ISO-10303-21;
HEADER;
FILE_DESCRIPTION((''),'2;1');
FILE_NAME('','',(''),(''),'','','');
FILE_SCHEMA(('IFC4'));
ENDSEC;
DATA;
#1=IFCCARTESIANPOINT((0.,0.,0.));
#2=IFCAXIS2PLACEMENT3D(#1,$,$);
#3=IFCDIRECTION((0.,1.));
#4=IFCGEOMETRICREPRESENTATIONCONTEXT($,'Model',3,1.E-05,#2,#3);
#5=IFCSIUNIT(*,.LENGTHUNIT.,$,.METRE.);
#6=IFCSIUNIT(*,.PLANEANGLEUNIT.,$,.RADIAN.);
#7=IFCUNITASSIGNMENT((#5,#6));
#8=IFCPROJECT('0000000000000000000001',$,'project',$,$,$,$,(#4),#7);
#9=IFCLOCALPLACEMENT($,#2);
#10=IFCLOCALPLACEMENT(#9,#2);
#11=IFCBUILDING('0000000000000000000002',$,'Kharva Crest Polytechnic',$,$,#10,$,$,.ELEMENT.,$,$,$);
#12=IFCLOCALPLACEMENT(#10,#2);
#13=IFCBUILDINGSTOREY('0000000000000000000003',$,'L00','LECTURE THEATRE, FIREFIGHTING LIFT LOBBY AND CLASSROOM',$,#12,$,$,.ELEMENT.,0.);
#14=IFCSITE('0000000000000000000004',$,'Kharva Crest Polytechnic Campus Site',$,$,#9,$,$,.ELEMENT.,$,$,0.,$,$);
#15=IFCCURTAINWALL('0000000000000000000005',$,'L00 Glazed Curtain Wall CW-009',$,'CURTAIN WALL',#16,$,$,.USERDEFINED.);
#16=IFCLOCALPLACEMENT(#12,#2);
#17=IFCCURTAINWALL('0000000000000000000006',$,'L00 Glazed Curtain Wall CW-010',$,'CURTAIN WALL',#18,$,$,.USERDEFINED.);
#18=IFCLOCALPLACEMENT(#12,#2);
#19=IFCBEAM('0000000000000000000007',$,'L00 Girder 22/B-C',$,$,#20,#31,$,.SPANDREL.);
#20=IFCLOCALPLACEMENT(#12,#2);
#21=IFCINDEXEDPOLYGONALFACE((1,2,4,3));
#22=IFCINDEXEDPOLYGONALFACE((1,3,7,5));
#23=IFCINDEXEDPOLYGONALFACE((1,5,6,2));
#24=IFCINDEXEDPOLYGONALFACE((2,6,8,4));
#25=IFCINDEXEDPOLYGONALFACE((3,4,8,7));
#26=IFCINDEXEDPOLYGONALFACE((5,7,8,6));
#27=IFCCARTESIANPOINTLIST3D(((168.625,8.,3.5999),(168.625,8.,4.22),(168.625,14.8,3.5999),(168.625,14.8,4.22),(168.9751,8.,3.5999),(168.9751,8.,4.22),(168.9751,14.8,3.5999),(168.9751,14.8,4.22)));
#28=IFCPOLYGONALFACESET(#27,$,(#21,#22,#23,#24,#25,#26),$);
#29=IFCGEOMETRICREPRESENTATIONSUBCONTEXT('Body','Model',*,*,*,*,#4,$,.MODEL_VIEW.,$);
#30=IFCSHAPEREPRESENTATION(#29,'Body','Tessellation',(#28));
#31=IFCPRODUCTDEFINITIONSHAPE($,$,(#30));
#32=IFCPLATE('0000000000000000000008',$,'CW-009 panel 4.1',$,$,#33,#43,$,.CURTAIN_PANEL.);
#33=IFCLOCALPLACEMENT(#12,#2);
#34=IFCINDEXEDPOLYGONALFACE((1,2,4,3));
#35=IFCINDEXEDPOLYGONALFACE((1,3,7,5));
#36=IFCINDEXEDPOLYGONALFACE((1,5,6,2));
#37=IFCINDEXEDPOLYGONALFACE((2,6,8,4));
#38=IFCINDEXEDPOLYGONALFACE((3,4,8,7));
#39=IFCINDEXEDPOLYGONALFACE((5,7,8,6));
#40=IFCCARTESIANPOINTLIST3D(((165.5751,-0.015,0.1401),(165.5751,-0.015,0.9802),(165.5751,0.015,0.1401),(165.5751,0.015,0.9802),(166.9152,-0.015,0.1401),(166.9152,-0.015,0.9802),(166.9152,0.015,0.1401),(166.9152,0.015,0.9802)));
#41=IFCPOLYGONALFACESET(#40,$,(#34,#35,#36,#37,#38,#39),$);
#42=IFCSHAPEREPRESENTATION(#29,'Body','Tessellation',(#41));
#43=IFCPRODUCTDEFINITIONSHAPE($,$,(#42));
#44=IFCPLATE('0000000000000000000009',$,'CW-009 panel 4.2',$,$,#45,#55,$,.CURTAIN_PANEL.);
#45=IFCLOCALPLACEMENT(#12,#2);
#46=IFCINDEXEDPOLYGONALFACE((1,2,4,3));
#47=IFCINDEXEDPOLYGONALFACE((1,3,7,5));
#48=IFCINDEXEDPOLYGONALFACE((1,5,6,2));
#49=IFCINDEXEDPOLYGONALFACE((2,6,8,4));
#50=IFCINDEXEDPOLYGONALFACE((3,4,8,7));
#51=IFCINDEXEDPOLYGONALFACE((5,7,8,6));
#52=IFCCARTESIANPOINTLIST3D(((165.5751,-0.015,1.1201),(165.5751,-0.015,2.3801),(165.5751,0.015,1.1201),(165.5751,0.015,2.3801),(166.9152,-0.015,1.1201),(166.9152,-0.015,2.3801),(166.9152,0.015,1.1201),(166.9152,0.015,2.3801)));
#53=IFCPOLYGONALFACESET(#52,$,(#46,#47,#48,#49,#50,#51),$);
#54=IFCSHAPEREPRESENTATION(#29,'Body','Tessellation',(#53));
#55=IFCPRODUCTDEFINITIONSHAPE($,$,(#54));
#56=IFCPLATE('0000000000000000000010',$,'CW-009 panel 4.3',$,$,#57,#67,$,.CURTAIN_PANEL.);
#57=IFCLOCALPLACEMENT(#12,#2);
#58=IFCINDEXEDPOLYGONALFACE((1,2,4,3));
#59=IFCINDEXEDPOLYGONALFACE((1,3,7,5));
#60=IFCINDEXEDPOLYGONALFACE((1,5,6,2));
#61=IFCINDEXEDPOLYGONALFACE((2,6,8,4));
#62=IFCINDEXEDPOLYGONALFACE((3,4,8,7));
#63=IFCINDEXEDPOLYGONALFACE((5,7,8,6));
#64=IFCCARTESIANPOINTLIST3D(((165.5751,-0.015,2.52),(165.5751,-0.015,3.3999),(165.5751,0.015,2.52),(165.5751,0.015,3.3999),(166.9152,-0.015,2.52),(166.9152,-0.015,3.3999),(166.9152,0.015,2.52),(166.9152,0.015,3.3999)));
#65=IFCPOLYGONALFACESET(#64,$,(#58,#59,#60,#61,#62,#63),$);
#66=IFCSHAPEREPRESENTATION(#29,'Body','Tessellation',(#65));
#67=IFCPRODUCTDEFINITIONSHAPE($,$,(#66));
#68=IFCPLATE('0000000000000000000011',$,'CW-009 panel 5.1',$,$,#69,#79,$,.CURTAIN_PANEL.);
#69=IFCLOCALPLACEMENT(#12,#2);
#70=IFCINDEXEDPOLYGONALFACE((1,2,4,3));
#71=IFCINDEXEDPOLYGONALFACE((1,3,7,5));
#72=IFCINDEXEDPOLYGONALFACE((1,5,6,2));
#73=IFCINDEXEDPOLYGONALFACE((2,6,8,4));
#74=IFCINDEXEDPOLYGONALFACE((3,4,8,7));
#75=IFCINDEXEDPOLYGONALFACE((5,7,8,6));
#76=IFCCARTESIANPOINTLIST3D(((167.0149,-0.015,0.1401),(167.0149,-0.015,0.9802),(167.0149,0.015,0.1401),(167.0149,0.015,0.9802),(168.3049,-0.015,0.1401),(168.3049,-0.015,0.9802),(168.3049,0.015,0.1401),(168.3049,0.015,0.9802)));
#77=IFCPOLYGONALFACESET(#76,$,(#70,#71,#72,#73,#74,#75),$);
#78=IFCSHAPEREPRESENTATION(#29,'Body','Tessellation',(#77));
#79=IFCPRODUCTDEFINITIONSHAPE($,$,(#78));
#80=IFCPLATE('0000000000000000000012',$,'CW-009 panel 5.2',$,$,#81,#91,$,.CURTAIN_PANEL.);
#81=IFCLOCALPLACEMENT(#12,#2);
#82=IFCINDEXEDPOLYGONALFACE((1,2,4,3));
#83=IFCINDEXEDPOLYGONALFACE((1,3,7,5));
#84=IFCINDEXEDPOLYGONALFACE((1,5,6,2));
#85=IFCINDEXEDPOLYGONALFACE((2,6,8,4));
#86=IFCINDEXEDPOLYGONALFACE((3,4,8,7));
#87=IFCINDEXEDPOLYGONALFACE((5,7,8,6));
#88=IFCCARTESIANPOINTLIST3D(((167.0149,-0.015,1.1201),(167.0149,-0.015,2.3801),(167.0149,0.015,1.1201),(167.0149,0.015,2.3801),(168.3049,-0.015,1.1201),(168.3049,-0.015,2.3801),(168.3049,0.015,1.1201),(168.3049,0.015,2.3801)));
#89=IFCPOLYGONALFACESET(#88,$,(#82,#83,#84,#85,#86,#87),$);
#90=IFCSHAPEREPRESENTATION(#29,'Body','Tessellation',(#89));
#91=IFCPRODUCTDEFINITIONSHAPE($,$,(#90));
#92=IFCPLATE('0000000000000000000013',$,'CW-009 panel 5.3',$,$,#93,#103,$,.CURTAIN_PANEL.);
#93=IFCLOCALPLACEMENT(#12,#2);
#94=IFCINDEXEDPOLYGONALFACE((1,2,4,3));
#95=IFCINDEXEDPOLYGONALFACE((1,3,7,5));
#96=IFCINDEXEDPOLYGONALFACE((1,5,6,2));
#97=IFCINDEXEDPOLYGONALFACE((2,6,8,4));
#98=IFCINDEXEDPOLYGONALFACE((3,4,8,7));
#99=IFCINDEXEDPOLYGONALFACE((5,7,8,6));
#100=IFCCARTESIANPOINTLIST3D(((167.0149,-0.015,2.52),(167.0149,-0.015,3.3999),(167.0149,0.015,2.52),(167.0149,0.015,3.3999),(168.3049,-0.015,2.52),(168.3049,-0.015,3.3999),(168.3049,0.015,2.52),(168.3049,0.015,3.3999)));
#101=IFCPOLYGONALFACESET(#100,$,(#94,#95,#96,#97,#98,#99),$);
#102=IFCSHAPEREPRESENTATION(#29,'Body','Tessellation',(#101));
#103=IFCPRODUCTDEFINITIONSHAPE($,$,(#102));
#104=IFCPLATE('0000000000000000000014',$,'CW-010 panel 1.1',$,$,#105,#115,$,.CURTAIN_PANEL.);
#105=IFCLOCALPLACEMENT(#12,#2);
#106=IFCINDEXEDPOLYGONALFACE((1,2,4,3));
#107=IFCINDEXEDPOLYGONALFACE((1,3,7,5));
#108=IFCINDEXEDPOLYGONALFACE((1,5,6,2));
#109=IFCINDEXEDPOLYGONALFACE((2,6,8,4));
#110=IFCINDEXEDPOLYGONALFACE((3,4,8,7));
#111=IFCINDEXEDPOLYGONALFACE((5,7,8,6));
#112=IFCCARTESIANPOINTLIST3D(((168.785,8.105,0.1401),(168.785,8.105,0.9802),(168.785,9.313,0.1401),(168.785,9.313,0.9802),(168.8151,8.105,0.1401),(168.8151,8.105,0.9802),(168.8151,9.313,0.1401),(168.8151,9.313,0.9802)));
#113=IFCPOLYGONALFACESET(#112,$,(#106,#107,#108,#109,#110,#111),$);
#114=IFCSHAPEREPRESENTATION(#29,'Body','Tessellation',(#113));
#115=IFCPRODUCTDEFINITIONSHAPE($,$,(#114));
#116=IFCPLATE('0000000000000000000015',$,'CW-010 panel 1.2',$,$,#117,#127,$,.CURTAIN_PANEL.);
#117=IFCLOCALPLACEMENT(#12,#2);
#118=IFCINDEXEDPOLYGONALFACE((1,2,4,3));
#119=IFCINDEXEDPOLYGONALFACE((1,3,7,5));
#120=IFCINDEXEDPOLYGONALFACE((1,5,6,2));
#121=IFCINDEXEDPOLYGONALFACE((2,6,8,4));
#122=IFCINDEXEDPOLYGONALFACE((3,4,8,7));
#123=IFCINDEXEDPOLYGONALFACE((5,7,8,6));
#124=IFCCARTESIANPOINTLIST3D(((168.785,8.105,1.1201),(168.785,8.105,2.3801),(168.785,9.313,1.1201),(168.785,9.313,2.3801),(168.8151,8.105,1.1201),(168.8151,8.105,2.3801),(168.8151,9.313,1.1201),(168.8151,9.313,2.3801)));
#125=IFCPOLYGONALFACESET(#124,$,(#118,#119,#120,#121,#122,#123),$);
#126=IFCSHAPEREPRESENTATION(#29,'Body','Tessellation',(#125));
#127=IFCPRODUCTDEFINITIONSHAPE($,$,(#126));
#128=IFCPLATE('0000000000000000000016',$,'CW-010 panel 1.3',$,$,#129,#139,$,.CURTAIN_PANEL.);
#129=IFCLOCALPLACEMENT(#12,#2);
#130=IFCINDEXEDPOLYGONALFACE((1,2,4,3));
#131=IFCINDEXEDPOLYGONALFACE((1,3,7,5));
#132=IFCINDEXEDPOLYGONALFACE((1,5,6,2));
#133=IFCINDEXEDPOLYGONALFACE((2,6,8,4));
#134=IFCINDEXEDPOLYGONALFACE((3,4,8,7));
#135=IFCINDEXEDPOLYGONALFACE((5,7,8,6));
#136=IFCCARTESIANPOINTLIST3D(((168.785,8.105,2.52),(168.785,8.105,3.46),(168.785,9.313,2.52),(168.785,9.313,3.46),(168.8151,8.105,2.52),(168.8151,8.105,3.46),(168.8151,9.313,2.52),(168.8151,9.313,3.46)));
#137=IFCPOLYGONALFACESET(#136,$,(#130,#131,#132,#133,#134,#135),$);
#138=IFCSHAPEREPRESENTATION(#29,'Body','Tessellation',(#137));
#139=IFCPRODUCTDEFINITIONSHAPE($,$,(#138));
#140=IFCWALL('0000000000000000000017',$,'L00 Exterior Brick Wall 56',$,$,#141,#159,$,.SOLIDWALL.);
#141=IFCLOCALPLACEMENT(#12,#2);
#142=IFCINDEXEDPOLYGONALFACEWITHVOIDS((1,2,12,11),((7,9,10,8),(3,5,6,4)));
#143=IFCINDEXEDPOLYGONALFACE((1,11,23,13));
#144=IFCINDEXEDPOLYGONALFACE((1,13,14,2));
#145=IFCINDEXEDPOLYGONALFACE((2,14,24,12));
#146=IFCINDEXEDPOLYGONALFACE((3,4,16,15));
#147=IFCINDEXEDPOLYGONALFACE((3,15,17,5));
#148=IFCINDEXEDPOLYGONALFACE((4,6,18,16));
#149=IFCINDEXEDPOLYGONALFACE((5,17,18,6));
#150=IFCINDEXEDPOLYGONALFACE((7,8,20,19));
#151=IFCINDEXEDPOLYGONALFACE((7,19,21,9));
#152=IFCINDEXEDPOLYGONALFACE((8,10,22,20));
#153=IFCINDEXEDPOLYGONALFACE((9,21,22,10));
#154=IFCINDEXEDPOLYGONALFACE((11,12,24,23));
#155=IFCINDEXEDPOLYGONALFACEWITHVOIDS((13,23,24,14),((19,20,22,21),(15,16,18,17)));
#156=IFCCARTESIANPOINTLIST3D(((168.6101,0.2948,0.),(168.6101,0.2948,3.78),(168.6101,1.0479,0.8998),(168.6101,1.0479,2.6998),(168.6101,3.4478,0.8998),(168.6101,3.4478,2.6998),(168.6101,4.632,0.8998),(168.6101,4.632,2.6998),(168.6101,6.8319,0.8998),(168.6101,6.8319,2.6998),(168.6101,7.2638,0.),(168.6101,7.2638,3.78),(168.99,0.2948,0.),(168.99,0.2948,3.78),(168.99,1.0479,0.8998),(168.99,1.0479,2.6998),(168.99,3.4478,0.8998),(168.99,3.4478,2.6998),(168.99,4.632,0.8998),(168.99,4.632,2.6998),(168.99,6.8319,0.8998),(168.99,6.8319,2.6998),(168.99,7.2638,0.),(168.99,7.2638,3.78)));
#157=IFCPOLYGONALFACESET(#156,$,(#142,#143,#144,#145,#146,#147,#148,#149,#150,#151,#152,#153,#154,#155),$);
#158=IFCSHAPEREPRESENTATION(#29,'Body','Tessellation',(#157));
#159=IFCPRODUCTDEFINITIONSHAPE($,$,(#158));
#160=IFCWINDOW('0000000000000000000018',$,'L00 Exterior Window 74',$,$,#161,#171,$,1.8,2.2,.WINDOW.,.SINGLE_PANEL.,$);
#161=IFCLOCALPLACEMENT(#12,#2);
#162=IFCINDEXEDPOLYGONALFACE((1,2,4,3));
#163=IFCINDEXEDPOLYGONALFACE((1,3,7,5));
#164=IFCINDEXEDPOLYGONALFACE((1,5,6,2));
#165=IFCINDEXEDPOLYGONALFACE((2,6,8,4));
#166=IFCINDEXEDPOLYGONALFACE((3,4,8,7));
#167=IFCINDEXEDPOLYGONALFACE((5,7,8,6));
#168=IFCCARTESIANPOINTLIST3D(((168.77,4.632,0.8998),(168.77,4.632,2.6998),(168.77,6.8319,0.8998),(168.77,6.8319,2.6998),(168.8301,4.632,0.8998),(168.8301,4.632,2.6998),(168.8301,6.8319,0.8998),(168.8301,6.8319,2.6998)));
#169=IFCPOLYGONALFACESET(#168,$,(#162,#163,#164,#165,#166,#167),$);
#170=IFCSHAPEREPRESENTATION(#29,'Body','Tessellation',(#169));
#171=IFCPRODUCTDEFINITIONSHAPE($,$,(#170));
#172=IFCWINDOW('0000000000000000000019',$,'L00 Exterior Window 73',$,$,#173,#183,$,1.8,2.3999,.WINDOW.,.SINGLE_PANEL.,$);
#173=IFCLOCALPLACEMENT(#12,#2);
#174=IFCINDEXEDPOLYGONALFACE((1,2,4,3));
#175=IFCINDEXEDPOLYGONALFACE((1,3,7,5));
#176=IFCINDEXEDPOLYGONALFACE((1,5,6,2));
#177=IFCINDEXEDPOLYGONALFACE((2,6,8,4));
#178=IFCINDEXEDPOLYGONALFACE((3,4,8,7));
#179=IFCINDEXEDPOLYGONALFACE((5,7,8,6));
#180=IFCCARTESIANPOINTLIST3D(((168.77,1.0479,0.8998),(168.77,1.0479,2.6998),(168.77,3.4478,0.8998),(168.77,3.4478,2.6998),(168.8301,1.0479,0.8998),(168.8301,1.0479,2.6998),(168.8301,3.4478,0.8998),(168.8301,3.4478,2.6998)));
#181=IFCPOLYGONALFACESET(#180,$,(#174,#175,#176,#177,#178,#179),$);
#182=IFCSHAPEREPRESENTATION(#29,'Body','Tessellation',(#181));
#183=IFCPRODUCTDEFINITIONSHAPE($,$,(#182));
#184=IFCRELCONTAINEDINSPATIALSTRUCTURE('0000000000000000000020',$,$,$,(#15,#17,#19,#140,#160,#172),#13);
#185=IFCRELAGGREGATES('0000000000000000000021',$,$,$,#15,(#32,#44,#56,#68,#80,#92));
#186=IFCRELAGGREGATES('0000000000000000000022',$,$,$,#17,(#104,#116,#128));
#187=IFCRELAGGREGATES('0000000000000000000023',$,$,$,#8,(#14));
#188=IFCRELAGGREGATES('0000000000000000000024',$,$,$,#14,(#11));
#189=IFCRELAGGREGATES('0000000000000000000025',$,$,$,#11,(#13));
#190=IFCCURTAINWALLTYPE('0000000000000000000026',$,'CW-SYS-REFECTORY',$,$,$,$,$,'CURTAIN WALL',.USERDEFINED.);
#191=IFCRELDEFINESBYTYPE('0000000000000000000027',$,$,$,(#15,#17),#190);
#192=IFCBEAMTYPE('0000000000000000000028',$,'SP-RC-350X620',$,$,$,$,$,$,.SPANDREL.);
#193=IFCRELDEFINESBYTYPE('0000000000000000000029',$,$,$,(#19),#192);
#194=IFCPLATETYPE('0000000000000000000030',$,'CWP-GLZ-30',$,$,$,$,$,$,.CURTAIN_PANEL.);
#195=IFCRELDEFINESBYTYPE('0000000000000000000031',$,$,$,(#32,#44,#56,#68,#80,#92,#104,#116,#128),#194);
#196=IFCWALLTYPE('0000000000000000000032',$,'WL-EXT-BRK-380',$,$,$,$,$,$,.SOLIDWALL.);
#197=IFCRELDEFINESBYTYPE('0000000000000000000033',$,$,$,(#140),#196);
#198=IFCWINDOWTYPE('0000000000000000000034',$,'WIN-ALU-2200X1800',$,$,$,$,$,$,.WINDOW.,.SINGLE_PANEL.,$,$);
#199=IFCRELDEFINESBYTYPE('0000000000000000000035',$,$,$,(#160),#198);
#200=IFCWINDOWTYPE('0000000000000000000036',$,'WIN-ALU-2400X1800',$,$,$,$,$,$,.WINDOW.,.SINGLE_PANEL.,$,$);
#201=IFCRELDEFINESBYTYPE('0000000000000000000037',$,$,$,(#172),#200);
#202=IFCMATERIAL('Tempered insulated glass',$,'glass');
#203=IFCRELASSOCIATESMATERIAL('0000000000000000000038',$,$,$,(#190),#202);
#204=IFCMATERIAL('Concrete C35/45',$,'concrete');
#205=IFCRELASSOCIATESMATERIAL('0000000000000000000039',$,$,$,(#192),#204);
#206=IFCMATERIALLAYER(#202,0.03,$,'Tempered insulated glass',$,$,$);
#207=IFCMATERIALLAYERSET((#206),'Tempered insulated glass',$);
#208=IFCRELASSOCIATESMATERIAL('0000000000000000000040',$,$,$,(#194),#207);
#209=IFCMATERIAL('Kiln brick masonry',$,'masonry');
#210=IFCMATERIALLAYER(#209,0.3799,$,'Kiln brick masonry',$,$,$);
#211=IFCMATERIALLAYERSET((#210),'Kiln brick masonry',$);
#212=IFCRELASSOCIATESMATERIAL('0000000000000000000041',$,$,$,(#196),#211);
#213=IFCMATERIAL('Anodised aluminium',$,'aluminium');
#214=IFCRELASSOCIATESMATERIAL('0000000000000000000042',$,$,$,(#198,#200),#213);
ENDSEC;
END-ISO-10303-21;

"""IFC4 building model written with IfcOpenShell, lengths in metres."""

from ifc_helpers import new_model, si_unit, direction, frame, frame_2d, origin, origin_2d, place, context, subcontext, project, spatial, rectangle, extrude, material, layer, layer_set, material_profile, profile_set, type_object, element, fill, aggregate, save


model = new_model("IFC4")

# Units and contexts
model_context = context("Model", 3, precision=1e-05, world=origin(), true_north=direction((0.0, 1.0)))
body_context = subcontext(model_context, "Body", "Model", "MODEL_VIEW")
ifc_project = project(units=[si_unit("LENGTHUNIT", "METRE"), si_unit("PLANEANGLEUNIT", "RADIAN")], contexts=[model_context])

# Site, building, storey
site_placement = place(None, origin())
site = spatial("IfcSite", under=ifc_project, at=site_placement, Name="Kharva Crest Polytechnic Campus Site", CompositionType="ELEMENT", RefElevation=0.0)
building_placement = place(site_placement, origin())
building = spatial("IfcBuilding", under=site, at=building_placement, Name="Kharva Crest Polytechnic", CompositionType="ELEMENT")
storey_placement = place(building_placement, origin())
storey = spatial("IfcBuildingStorey", under=building, at=storey_placement, Name="L00", Description="LECTURE THEATRE, FIREFIGHTING LIFT LOBBY AND CLASSROOM", CompositionType="ELEMENT", Elevation=0.0)

# Curtain walls
ifc_material_1 = material(Name="Tempered insulated glass", Category="glass")
curtain_wall_type = type_object("IfcCurtainWallType", Name="CW-SYS-REFECTORY", ElementType="CURTAIN WALL", PredefinedType="USERDEFINED", material=ifc_material_1)
curtain_wall_1_placement = place(storey_placement, origin())
curtain_wall_1 = element("IfcCurtainWall", 1, at=curtain_wall_1_placement, inside=storey, type_object=curtain_wall_type, Name="L00 Glazed Curtain Wall CW-009", ObjectType="CURTAIN WALL", PredefinedType="USERDEFINED")
curtain_wall_2_placement = place(storey_placement, origin())
curtain_wall_2 = element("IfcCurtainWall", 2, at=curtain_wall_2_placement, inside=storey, type_object=curtain_wall_type, Name="L00 Glazed Curtain Wall CW-010", ObjectType="CURTAIN WALL", PredefinedType="USERDEFINED")

# Beam
ifc_material_2 = material(Name="Concrete C35/45", Category="concrete")
ifc_material_profile_1 = material_profile(ifc_material_2, rectangle(XDim=0.3501, YDim=0.6201, at=origin_2d()), Name="RECT 350 X 620")
ifc_profile_set_1 = profile_set([ifc_material_profile_1], Name="Concrete C35/45")
beam_type_1 = type_object("IfcBeamType", Name="SP-RC-350X620", PredefinedType="SPANDREL", material=ifc_profile_set_1)
beam_1_placement = place(storey_placement, frame((168.8, 8.0, 3.9099), z_axis=(0.0, 1.0, 0.0), x_axis=(-1.0, 0.0, 0.0)))
element("IfcBeam", 3, at=beam_1_placement, inside=storey, type_object=beam_type_1, Name="L00 Girder 22/B-C", PredefinedType="SPANDREL", context=body_context, shape_type="SweptSolid", body=[
    extrude(rectangle(XDim=0.3501, YDim=0.6201, at=origin_2d()), origin(), (0.0, 0.0, 1.0), 6.8),
])

# Plates
ifc_layer_1 = layer(ifc_material_1, 0.03, Name="Tempered insulated glass")
ifc_layer_set_1 = layer_set([ifc_layer_1], Name="Tempered insulated glass")
plate_type = type_object("IfcPlateType", Name="CWP-GLZ-30", PredefinedType="CURTAIN_PANEL", material=ifc_layer_set_1)
plate_1_placement = place(storey_placement, frame((166.2451, 0.0, 0.1401), z_axis=(0.0, 0.0, 1.0), x_axis=(1.0, 0.0, 0.0)))
plate_1 = element("IfcPlate", 4, at=plate_1_placement, type_object=plate_type, Name="CW-009 panel 4.1", PredefinedType="CURTAIN_PANEL", context=body_context, shape_type="SweptSolid", body=[
    extrude(rectangle(XDim=1.3401, YDim=0.03, at=origin_2d()), origin(), (0.0, 0.0, 1.0), 0.8401),
])
plate_2_placement = place(storey_placement, frame((166.2451, 0.0, 1.1201), z_axis=(0.0, 0.0, 1.0), x_axis=(1.0, 0.0, 0.0)))
plate_2 = element("IfcPlate", 5, at=plate_2_placement, type_object=plate_type, Name="CW-009 panel 4.2", PredefinedType="CURTAIN_PANEL", context=body_context, shape_type="SweptSolid", body=[
    extrude(rectangle(XDim=1.3401, YDim=0.03, at=origin_2d()), origin(), (0.0, 0.0, 1.0), 1.26),
])
plate_3_placement = place(storey_placement, frame((166.2451, 0.0, 2.52), z_axis=(0.0, 0.0, 1.0), x_axis=(1.0, 0.0, 0.0)))
plate_3 = element("IfcPlate", 6, at=plate_3_placement, type_object=plate_type, Name="CW-009 panel 4.3", PredefinedType="CURTAIN_PANEL", context=body_context, shape_type="SweptSolid", body=[
    extrude(rectangle(XDim=1.3401, YDim=0.03, at=origin_2d()), origin(), (0.0, 0.0, 1.0), 0.8799),
])
plate_4_placement = place(storey_placement, frame((167.6599, 0.0, 0.1401), z_axis=(0.0, 0.0, 1.0), x_axis=(1.0, 0.0, 0.0)))
plate_4 = element("IfcPlate", 7, at=plate_4_placement, type_object=plate_type, Name="CW-009 panel 5.1", PredefinedType="CURTAIN_PANEL", context=body_context, shape_type="SweptSolid", body=[
    extrude(rectangle(XDim=1.29, YDim=0.03, at=origin_2d()), origin(), (0.0, 0.0, 1.0), 0.8401),
])
plate_5_placement = place(storey_placement, frame((167.6599, 0.0, 1.1201), z_axis=(0.0, 0.0, 1.0), x_axis=(1.0, 0.0, 0.0)))
plate_5 = element("IfcPlate", 8, at=plate_5_placement, type_object=plate_type, Name="CW-009 panel 5.2", PredefinedType="CURTAIN_PANEL", context=body_context, shape_type="SweptSolid", body=[
    extrude(rectangle(XDim=1.29, YDim=0.03, at=origin_2d()), origin(), (0.0, 0.0, 1.0), 1.26),
])
plate_6_placement = place(storey_placement, frame((167.6599, 0.0, 2.52), z_axis=(0.0, 0.0, 1.0), x_axis=(1.0, 0.0, 0.0)))
plate_6 = element("IfcPlate", 9, at=plate_6_placement, type_object=plate_type, Name="CW-009 panel 5.3", PredefinedType="CURTAIN_PANEL", context=body_context, shape_type="SweptSolid", body=[
    extrude(rectangle(XDim=1.29, YDim=0.03, at=origin_2d()), origin(), (0.0, 0.0, 1.0), 0.8799),
])
aggregate(curtain_wall_1, [plate_1, plate_2, plate_3, plate_4, plate_5, plate_6])
plate_7_placement = place(storey_placement, frame((168.8, 8.709, 0.1401), z_axis=(0.0, 0.0, 1.0), x_axis=(0.0, 1.0, 0.0)))
plate_7 = element("IfcPlate", 10, at=plate_7_placement, type_object=plate_type, Name="CW-010 panel 1.1", PredefinedType="CURTAIN_PANEL", context=body_context, shape_type="SweptSolid", body=[
    extrude(rectangle(XDim=1.208, YDim=0.03, at=origin_2d()), origin(), (0.0, 0.0, 1.0), 0.8401),
])
plate_8_placement = place(storey_placement, frame((168.8, 8.709, 1.1201), z_axis=(0.0, 0.0, 1.0), x_axis=(0.0, 1.0, 0.0)))
plate_8 = element("IfcPlate", 11, at=plate_8_placement, type_object=plate_type, Name="CW-010 panel 1.2", PredefinedType="CURTAIN_PANEL", context=body_context, shape_type="SweptSolid", body=[
    extrude(rectangle(XDim=1.208, YDim=0.03, at=origin_2d()), origin(), (0.0, 0.0, 1.0), 1.26),
])
plate_9_placement = place(storey_placement, frame((168.8, 8.709, 2.52), z_axis=(0.0, 0.0, 1.0), x_axis=(0.0, 1.0, 0.0)))
plate_9 = element("IfcPlate", 12, at=plate_9_placement, type_object=plate_type, Name="CW-010 panel 1.3", PredefinedType="CURTAIN_PANEL", context=body_context, shape_type="SweptSolid", body=[
    extrude(rectangle(XDim=1.208, YDim=0.03, at=origin_2d()), origin(), (0.0, 0.0, 1.0), 0.9399),
])
aggregate(curtain_wall_2, [plate_7, plate_8, plate_9])

# Wall, openings, windows
ifc_material_3 = material(Name="Kiln brick masonry", Category="masonry")
ifc_layer_2 = layer(ifc_material_3, 0.3799, Name="Kiln brick masonry")
ifc_layer_set_2 = layer_set([ifc_layer_2], Name="Kiln brick masonry")
wall_type = type_object("IfcWallType", Name="WL-EXT-BRK-380", PredefinedType="SOLIDWALL", material=ifc_layer_set_2)
wall_placement = place(storey_placement, frame((168.8, 0.2949, 0.0), z_axis=(0.0, 0.0, 1.0), x_axis=(0.0, 1.0, 0.0)))
wall = element("IfcWall", 13, at=wall_placement, inside=storey, type_object=wall_type, Name="L00 Exterior Brick Wall 56", PredefinedType="SOLIDWALL", context=body_context, shape_type="SweptSolid", body=[
    extrude(rectangle(XDim=6.969, YDim=0.3799, at=frame_2d((3.4844, 0.0))), origin(), (0.0, 0.0, 1.0), 3.78),
])
opening_1_placement = place(wall_placement, frame((0.7529, 0.0, 0.8999)))
opening_1 = element("IfcOpeningElement", 14, at=opening_1_placement, cuts=wall, PredefinedType="OPENING", context=body_context, shape_type="SweptSolid", body=[
    extrude(rectangle(XDim=2.3999, YDim=1.8, at=frame_2d((1.2, 0.8999))), frame((0.0, 0.2, 0.0), z_axis=(0.0, -1.0, 0.0), x_axis=(1.0, 0.0, 0.0)), (0.0, 0.0, 1.0), 0.3999),
])
opening_2_placement = place(wall_placement, frame((4.3369, 0.0, 0.8999)))
opening_2 = element("IfcOpeningElement", 15, at=opening_2_placement, cuts=wall, PredefinedType="OPENING", context=body_context, shape_type="SweptSolid", body=[
    extrude(rectangle(XDim=2.2, YDim=1.8, at=frame_2d((1.1001, 0.8999))), frame((0.0, 0.2, 0.0), z_axis=(0.0, -1.0, 0.0), x_axis=(1.0, 0.0, 0.0)), (0.0, 0.0, 1.0), 0.3999),
])
ifc_material_4 = material(Name="Anodised aluminium", Category="aluminium")
window_type_1 = type_object("IfcWindowType", Name="WIN-ALU-2200X1800", PartitioningType="SINGLE_PANEL", PredefinedType="WINDOW", material=ifc_material_4)
window_1_placement = place(opening_2_placement, origin())
window_1 = element("IfcWindow", 16, at=window_1_placement, inside=storey, type_object=window_type_1, Name="L00 Exterior Window 74", OverallHeight=1.8, OverallWidth=2.2, PartitioningType="SINGLE_PANEL", PredefinedType="WINDOW", context=body_context, shape_type="SweptSolid", body=[
    extrude(rectangle(XDim=2.2, YDim=1.8, at=frame_2d((1.1001, 0.8999))), frame((0.0, 0.03, 0.0), z_axis=(0.0, -1.0, 0.0), x_axis=(1.0, 0.0, 0.0)), (0.0, 0.0, 1.0), 0.0601),
])
fill(opening_2, window_1)
window_type_2 = type_object("IfcWindowType", Name="WIN-ALU-2400X1800", PartitioningType="SINGLE_PANEL", PredefinedType="WINDOW", material=ifc_material_4)
window_2_placement = place(opening_1_placement, origin())
window_2 = element("IfcWindow", 17, at=window_2_placement, inside=storey, type_object=window_type_2, Name="L00 Exterior Window 73", OverallHeight=1.8, OverallWidth=2.3999, PartitioningType="SINGLE_PANEL", PredefinedType="WINDOW", context=body_context, shape_type="SweptSolid", body=[
    extrude(rectangle(XDim=2.3999, YDim=1.8, at=frame_2d((1.2, 0.8999))), frame((0.0, 0.03, 0.0), z_axis=(0.0, -1.0, 0.0), x_axis=(1.0, 0.0, 0.0)), (0.0, 0.0, 1.0), 0.0601),
])
fill(opening_1, window_2)

save(model, "model.ifc")
